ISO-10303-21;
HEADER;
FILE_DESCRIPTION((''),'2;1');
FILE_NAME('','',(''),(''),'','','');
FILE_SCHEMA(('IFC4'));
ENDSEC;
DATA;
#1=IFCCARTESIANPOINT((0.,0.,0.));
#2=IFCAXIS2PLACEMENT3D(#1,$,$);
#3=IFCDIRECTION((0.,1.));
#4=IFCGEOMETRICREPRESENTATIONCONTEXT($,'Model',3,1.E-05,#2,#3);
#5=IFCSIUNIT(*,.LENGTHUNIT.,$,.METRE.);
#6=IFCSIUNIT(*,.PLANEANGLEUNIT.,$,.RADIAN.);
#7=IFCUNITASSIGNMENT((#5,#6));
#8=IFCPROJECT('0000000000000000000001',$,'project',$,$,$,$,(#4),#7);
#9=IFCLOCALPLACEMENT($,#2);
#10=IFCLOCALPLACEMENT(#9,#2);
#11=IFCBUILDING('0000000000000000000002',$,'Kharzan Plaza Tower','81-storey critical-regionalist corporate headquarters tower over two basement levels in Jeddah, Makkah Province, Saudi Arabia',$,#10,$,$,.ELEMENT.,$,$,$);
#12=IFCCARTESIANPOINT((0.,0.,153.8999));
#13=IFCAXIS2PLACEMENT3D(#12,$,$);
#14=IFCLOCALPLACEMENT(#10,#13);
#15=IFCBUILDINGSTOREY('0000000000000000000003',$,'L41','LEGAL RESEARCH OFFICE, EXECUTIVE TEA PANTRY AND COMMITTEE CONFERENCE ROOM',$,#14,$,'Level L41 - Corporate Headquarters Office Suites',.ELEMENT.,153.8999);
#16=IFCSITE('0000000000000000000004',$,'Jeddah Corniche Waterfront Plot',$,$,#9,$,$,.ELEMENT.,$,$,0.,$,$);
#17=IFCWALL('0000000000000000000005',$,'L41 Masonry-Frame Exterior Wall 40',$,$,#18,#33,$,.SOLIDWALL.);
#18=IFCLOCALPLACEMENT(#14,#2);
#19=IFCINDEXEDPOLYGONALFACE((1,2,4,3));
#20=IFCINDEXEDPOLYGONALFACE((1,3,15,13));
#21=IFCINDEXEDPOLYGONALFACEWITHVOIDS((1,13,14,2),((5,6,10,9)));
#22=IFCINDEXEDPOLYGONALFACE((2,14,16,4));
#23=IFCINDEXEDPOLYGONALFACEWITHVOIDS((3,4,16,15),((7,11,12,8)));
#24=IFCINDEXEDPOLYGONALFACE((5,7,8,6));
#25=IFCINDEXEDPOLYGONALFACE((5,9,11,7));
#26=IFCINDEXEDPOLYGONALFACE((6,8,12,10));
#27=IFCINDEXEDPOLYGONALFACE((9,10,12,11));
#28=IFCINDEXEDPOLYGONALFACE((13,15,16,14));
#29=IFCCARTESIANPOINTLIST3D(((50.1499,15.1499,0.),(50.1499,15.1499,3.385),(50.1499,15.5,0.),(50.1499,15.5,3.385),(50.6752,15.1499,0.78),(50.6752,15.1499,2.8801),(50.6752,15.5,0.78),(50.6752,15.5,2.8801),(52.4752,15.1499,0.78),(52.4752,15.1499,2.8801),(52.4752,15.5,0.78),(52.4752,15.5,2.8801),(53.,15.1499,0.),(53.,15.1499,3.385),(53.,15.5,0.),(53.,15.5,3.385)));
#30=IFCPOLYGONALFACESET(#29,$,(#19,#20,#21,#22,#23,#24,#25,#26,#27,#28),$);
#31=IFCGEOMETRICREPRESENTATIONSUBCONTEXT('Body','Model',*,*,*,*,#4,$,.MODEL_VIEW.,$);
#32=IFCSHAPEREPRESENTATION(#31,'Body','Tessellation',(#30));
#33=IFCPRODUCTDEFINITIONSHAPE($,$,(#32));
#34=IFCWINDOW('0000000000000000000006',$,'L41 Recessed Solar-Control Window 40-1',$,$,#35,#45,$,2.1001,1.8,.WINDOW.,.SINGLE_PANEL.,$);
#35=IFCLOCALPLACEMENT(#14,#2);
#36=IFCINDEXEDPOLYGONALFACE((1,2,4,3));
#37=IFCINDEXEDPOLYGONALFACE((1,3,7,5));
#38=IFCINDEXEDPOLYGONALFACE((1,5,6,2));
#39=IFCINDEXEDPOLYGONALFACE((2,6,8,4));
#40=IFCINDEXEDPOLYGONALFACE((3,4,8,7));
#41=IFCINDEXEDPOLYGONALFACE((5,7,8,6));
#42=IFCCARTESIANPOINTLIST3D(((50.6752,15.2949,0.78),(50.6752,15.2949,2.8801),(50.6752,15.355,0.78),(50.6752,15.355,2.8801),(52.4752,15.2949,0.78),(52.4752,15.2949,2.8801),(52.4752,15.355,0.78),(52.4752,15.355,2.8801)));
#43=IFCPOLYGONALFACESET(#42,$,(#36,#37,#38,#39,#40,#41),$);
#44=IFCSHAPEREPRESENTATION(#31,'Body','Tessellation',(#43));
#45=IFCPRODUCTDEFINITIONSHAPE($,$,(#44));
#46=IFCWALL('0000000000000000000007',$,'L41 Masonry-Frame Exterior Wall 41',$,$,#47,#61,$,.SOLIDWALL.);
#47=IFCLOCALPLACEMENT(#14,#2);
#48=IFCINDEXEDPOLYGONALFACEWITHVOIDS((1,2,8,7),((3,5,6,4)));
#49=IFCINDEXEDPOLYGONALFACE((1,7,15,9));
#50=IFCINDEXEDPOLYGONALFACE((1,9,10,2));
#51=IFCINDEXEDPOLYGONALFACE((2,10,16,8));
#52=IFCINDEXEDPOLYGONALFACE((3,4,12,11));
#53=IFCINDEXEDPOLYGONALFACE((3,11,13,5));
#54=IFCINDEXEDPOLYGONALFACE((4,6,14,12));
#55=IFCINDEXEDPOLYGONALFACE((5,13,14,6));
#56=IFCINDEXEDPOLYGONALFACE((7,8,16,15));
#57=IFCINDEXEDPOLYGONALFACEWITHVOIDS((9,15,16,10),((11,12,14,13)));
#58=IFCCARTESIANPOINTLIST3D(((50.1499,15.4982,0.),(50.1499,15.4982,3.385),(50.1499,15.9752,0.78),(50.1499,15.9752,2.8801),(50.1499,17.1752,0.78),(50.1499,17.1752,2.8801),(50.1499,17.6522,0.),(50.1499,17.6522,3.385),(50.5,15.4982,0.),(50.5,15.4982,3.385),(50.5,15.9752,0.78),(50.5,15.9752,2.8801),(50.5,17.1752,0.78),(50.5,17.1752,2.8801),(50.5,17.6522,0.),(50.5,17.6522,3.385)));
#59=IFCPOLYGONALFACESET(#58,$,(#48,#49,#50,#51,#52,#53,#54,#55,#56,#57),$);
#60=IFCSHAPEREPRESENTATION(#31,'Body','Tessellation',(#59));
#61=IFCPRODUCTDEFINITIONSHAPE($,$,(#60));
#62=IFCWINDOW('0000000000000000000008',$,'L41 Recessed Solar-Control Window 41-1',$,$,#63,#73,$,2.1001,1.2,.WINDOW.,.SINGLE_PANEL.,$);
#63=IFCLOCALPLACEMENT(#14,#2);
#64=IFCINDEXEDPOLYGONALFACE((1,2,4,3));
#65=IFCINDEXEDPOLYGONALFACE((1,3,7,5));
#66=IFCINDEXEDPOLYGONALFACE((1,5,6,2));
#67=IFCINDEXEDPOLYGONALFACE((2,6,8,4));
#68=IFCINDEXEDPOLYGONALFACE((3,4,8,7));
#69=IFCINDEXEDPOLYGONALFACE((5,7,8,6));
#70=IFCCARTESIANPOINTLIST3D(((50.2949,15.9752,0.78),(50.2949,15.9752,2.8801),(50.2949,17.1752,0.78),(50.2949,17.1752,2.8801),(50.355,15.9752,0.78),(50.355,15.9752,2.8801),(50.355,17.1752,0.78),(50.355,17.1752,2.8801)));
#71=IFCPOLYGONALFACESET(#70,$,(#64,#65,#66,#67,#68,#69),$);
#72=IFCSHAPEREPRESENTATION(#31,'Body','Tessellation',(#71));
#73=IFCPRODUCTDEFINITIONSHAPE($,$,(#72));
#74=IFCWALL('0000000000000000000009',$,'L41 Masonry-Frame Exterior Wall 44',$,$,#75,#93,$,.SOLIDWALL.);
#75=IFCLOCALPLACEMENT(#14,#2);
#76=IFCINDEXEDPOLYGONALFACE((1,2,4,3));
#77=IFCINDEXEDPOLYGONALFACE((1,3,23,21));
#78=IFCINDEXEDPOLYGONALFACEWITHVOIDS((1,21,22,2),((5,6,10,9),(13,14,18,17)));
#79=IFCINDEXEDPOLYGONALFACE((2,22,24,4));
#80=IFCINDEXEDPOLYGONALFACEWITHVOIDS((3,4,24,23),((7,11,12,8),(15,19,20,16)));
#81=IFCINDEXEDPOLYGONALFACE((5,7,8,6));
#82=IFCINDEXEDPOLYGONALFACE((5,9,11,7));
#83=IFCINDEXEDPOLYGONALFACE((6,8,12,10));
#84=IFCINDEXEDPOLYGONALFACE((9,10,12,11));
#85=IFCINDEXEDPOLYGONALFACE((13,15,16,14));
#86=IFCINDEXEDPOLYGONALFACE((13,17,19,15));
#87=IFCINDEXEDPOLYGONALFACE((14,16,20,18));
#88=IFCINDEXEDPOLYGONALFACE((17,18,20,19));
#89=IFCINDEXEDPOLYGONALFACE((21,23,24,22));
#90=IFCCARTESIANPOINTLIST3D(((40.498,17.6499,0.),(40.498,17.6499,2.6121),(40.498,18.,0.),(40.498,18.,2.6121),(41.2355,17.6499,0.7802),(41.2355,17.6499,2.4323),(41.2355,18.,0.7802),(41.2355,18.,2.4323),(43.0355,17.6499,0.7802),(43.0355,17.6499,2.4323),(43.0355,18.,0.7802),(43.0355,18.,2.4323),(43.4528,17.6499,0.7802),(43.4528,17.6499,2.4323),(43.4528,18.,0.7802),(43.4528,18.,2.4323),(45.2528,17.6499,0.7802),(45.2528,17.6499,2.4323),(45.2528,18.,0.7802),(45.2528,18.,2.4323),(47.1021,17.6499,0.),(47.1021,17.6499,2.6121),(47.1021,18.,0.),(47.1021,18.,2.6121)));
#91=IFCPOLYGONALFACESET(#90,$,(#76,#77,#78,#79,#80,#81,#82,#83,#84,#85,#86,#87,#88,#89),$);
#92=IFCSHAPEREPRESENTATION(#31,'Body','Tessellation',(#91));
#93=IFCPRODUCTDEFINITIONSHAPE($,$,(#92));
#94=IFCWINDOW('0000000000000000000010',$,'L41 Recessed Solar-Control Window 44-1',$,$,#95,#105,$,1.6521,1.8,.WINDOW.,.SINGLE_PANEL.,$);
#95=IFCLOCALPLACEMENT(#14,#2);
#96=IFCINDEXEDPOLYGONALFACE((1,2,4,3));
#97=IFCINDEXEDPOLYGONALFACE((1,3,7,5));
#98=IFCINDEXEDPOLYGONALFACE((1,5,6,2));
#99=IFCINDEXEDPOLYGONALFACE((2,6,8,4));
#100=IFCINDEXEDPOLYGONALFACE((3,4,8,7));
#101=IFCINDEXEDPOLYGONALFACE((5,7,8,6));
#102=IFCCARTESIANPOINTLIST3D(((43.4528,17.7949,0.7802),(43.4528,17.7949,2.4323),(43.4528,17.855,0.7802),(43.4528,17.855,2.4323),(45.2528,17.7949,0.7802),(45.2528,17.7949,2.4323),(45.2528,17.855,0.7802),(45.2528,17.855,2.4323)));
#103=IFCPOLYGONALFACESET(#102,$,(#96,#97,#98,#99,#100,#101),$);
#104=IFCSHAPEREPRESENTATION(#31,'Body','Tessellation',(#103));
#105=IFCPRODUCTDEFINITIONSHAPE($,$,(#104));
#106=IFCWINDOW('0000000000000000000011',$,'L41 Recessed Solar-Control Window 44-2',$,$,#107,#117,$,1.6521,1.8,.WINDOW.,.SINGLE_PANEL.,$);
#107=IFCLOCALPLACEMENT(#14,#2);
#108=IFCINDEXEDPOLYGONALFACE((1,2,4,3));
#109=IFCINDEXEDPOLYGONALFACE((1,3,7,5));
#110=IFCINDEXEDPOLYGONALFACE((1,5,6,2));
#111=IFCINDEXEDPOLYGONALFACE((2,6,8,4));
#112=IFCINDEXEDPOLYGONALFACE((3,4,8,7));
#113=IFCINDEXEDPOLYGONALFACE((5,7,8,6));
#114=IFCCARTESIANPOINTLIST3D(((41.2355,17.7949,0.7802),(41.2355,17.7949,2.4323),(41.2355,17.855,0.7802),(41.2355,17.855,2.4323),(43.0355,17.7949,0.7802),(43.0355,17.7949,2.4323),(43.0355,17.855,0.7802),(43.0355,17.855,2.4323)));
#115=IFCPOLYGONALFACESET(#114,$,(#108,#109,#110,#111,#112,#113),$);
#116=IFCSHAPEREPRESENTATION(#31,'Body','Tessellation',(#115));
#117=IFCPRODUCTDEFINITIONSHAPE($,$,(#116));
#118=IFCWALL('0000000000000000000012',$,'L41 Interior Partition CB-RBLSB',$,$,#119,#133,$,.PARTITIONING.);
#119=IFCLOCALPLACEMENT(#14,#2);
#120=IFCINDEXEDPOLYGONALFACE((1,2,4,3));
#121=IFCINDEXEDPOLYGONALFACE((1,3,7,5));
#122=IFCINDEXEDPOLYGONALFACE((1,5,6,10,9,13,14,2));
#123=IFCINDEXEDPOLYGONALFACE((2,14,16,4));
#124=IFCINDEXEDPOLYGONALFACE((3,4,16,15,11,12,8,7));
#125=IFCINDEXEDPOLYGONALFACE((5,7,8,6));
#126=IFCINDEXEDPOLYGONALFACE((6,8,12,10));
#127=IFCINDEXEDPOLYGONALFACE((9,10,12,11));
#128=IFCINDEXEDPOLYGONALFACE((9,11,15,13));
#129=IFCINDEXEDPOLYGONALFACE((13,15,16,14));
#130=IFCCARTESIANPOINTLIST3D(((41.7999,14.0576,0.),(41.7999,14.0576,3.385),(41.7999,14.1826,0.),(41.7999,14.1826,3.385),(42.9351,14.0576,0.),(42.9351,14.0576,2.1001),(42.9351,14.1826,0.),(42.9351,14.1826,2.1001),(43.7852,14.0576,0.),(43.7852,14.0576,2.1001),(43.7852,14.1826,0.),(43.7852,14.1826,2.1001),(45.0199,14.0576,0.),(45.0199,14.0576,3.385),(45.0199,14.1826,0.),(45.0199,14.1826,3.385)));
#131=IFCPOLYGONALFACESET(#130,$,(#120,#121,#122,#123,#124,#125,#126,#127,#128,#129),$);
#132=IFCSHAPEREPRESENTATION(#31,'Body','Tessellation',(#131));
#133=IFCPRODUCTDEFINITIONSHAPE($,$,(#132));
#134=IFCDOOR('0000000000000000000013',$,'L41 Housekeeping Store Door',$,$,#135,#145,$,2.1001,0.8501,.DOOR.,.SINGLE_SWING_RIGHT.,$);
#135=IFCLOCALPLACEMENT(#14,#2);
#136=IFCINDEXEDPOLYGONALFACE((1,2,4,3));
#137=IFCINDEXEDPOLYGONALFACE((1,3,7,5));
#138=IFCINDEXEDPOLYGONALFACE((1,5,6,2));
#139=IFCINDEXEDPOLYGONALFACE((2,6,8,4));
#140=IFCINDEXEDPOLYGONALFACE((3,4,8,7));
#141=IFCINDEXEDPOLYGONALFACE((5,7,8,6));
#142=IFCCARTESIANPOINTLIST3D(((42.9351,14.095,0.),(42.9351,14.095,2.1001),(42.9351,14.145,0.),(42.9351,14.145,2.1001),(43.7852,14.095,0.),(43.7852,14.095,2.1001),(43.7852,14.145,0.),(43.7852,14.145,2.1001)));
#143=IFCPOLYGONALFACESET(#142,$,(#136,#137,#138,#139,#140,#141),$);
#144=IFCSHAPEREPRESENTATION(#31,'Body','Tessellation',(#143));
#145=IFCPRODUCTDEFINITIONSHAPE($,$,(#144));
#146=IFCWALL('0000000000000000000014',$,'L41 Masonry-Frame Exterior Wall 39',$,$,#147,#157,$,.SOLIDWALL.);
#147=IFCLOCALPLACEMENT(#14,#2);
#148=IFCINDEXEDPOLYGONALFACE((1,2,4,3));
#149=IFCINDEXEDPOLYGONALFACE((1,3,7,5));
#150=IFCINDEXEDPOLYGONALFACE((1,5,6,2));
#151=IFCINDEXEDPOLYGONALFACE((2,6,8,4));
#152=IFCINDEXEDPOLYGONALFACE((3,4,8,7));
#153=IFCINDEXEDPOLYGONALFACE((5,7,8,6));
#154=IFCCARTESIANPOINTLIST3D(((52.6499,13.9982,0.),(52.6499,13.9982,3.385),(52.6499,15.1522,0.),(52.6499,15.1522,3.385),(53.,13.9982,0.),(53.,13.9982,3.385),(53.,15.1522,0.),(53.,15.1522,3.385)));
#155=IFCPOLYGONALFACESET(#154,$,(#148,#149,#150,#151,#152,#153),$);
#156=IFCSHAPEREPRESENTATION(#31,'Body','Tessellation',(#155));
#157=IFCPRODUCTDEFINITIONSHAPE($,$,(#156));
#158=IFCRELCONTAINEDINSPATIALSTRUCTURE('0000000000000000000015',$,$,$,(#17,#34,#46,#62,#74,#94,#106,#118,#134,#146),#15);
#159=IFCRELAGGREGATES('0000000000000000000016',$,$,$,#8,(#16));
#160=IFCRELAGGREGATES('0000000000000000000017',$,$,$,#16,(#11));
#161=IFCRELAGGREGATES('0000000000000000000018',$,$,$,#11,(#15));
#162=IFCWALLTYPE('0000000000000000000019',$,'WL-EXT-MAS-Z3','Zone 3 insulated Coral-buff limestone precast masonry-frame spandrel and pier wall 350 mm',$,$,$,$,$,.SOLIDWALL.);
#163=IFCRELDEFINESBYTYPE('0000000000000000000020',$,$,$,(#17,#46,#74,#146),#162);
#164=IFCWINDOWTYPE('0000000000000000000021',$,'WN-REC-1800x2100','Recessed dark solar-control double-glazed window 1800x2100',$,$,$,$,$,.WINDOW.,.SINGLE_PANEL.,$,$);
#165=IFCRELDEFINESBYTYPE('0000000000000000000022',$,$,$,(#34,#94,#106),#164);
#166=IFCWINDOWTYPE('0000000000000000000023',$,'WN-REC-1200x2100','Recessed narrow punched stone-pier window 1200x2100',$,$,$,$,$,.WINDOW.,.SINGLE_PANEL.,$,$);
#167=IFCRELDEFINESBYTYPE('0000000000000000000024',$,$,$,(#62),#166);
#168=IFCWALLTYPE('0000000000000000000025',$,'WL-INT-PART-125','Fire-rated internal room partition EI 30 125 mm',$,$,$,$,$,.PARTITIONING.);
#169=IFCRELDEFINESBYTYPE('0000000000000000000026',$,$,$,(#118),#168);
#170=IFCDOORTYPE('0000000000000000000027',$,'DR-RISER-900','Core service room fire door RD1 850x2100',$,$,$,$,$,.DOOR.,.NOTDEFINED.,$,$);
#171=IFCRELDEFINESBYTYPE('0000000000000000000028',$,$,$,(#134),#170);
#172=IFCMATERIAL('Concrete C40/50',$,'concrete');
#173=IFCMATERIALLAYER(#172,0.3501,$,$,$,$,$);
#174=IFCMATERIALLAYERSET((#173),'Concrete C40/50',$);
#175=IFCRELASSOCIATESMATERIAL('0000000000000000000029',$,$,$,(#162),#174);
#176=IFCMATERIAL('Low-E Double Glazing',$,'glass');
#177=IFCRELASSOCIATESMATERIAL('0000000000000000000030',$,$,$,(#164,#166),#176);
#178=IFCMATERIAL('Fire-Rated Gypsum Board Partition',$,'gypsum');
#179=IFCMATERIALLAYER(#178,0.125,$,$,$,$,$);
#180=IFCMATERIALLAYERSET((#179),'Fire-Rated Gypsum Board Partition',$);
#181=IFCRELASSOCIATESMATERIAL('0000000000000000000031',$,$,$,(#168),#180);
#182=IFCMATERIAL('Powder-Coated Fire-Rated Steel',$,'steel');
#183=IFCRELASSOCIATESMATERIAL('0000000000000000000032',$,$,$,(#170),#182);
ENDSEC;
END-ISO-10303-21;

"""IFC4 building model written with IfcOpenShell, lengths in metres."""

from ifc_helpers import new_model, si_unit, direction, frame, frame_2d, origin, place, context, subcontext, project, spatial, rectangle, extrude, source, transform, mapped, material, layer, layer_set, type_object, element, fill, save


model = new_model("IFC4")

# Units and contexts
model_context = context("Model", 3, precision=1e-05, world=origin(), true_north=direction((0.0, 1.0)))
body_context = subcontext(model_context, "Body", "Model", "MODEL_VIEW")
ifc_project = project(units=[si_unit("LENGTHUNIT", "METRE"), si_unit("PLANEANGLEUNIT", "RADIAN")], contexts=[model_context])

# Site, building, storey
site_placement = place(None, origin())
site = spatial("IfcSite", under=ifc_project, at=site_placement, Name="Jeddah Corniche Waterfront Plot", CompositionType="ELEMENT", RefElevation=0.0)
building_placement = place(site_placement, origin())
building = spatial("IfcBuilding", under=site, at=building_placement, Name="Kharzan Plaza Tower", Description="81-storey critical-regionalist corporate headquarters tower over two basement levels in Jeddah, Makkah Province, Saudi Arabia", CompositionType="ELEMENT")
storey_placement = place(building_placement, frame((0.0, 0.0, 153.8999)))
storey = spatial("IfcBuildingStorey", under=building, at=storey_placement, Name="L41", Description="LEGAL RESEARCH OFFICE, EXECUTIVE TEA PANTRY AND COMMITTEE CONFERENCE ROOM", LongName="Level L41 - Corporate Headquarters Office Suites", CompositionType="ELEMENT", Elevation=153.8999)

# Walls, openings, windows
ifc_material_1 = material(Name="Concrete C40/50", Category="concrete")
ifc_layer_1 = layer(ifc_material_1, 0.3501)
ifc_layer_set_1 = layer_set([ifc_layer_1], Name="Concrete C40/50")
wall_type_1 = type_object("IfcWallType", Name="WL-EXT-MAS-Z3", Description="Zone 3 insulated Coral-buff limestone precast masonry-frame spandrel and pier wall 350 mm", PredefinedType="SOLIDWALL", material=ifc_layer_set_1)
wall_1_placement = place(storey_placement, frame((53.0, 15.325, 0.0), z_axis=(0.0, 0.0, 1.0), x_axis=(-1.0, 0.0, 0.0)))
wall_1 = element("IfcWall", 1, at=wall_1_placement, inside=storey, type_object=wall_type_1, Name="L41 Masonry-Frame Exterior Wall 40", PredefinedType="SOLIDWALL", context=body_context, shape_type="SweptSolid", body=[
    extrude(rectangle(XDim=2.8501, YDim=0.3501, at=frame_2d((1.425, 0.0))), origin(), (0.0, 0.0, 1.0), 3.385),
])
opening_1_placement = place(wall_1_placement, frame((0.5249, 0.0, 0.78)))
opening_1 = element("IfcOpeningElement", 2, at=opening_1_placement, cuts=wall_1, PredefinedType="OPENING", context=body_context, shape_type="SweptSolid", body=[
    extrude(rectangle(XDim=1.8, YDim=2.1001, at=frame_2d((0.8999, 1.05))), frame((0.0, 0.1851, 0.0), z_axis=(0.0, -1.0, 0.0), x_axis=(1.0, 0.0, 0.0)), (0.0, 0.0, 1.0), 0.3701),
])
ifc_material_2 = material(Name="Low-E Double Glazing", Category="glass")
window_type_1 = type_object("IfcWindowType", Name="WN-REC-1800x2100", Description="Recessed dark solar-control double-glazed window 1800x2100", PartitioningType="SINGLE_PANEL", PredefinedType="WINDOW", material=ifc_material_2)
shared_shape_1 = source(origin(), body_context, "Body", "SweptSolid", [
    extrude(rectangle(XDim=1.8, YDim=2.1001, at=frame_2d((0.8999, 1.05))), frame((0.0, 0.03, 0.0), z_axis=(0.0, -1.0, 0.0), x_axis=(1.0, 0.0, 0.0)), (0.0, 0.0, 1.0), 0.0601),
])
window_1_placement = place(opening_1_placement, origin())
window_1 = element("IfcWindow", 3, at=window_1_placement, inside=storey, type_object=window_type_1, Name="L41 Recessed Solar-Control Window 40-1", OverallHeight=2.1001, OverallWidth=1.8, PartitioningType="SINGLE_PANEL", PredefinedType="WINDOW", context=body_context, shape_type="MappedRepresentation", body=[
    mapped(shared_shape_1, transform((0.0, 0.0, 0.0), x_axis=(1.0, 0.0, 0.0), y_axis=(0.0, 1.0, 0.0), z_axis=(0.0, 0.0, 1.0))),
])
fill(opening_1, window_1)
wall_2_placement = place(storey_placement, frame((50.325, 15.498, 0.0), z_axis=(0.0, 0.0, 1.0), x_axis=(0.0, 1.0, 0.0)))
wall_2 = element("IfcWall", 4, at=wall_2_placement, inside=storey, type_object=wall_type_1, Name="L41 Masonry-Frame Exterior Wall 41", PredefinedType="SOLIDWALL", context=body_context, shape_type="SweptSolid", body=[
    extrude(rectangle(XDim=2.1541, YDim=0.3501, at=frame_2d((1.0771, 0.0))), origin(), (0.0, 0.0, 1.0), 3.385),
])
opening_2_placement = place(wall_2_placement, frame((0.4771, 0.0, 0.78)))
opening_2 = element("IfcOpeningElement", 5, at=opening_2_placement, cuts=wall_2, PredefinedType="OPENING", context=body_context, shape_type="SweptSolid", body=[
    extrude(rectangle(XDim=1.2, YDim=2.1001, at=frame_2d((0.6001, 1.05))), frame((0.0, 0.1851, 0.0), z_axis=(0.0, -1.0, 0.0), x_axis=(1.0, 0.0, 0.0)), (0.0, 0.0, 1.0), 0.3701),
])
window_type_2 = type_object("IfcWindowType", Name="WN-REC-1200x2100", Description="Recessed narrow punched stone-pier window 1200x2100", PartitioningType="SINGLE_PANEL", PredefinedType="WINDOW", material=ifc_material_2)
shared_shape_2 = source(origin(), body_context, "Body", "SweptSolid", [
    extrude(rectangle(XDim=1.2, YDim=2.1001, at=frame_2d((0.6001, 1.05))), frame((0.0, 0.03, 0.0), z_axis=(0.0, -1.0, 0.0), x_axis=(1.0, 0.0, 0.0)), (0.0, 0.0, 1.0), 0.0601),
])
window_2_placement = place(opening_2_placement, origin())
window_2 = element("IfcWindow", 6, at=window_2_placement, inside=storey, type_object=window_type_2, Name="L41 Recessed Solar-Control Window 41-1", OverallHeight=2.1001, OverallWidth=1.2, PartitioningType="SINGLE_PANEL", PredefinedType="WINDOW", context=body_context, shape_type="MappedRepresentation", body=[
    mapped(shared_shape_2, transform((0.0, 0.0, 0.0), x_axis=(1.0, 0.0, 0.0), y_axis=(0.0, 1.0, 0.0), z_axis=(0.0, 0.0, 1.0))),
])
fill(opening_2, window_2)

# Wall, openings, windows
wall_3_placement = place(storey_placement, frame((47.1021, 17.825, 0.0), z_axis=(0.0, 0.0, 1.0), x_axis=(-1.0, 0.0, 0.0)))
wall_3 = element("IfcWall", 7, at=wall_3_placement, inside=storey, type_object=wall_type_1, Name="L41 Masonry-Frame Exterior Wall 44", PredefinedType="SOLIDWALL", context=body_context, shape_type="SweptSolid", body=[
    extrude(rectangle(XDim=6.604, YDim=0.3501, at=frame_2d((3.302, 0.0))), origin(), (0.0, 0.0, 1.0), 2.6121),
])
opening_3_placement = place(wall_3_placement, frame((1.8494, 0.0, 0.78)))
opening_3 = element("IfcOpeningElement", 8, at=opening_3_placement, cuts=wall_3, PredefinedType="OPENING", context=body_context, shape_type="SweptSolid", body=[
    extrude(rectangle(XDim=1.8, YDim=1.6521, at=frame_2d((0.8999, 0.8262))), frame((0.0, 0.1851, 0.0), z_axis=(0.0, -1.0, 0.0), x_axis=(1.0, 0.0, 0.0)), (0.0, 0.0, 1.0), 0.3701),
])
opening_4_placement = place(wall_3_placement, frame((4.0667, 0.0, 0.78)))
opening_4 = element("IfcOpeningElement", 9, at=opening_4_placement, cuts=wall_3, PredefinedType="OPENING", context=body_context, shape_type="SweptSolid", body=[
    extrude(rectangle(XDim=1.8, YDim=1.6521, at=frame_2d((0.8999, 0.8262))), frame((0.0, 0.1851, 0.0), z_axis=(0.0, -1.0, 0.0), x_axis=(1.0, 0.0, 0.0)), (0.0, 0.0, 1.0), 0.3701),
])
shared_shape_3 = source(origin(), body_context, "Body", "SweptSolid", [
    extrude(rectangle(XDim=1.8, YDim=1.6521, at=frame_2d((0.8999, 0.8262))), frame((0.0, 0.03, 0.0), z_axis=(0.0, -1.0, 0.0), x_axis=(1.0, 0.0, 0.0)), (0.0, 0.0, 1.0), 0.0601),
])
window_3_placement = place(opening_3_placement, origin())
window_3 = element("IfcWindow", 10, at=window_3_placement, inside=storey, type_object=window_type_1, Name="L41 Recessed Solar-Control Window 44-1", OverallHeight=1.6521, OverallWidth=1.8, PartitioningType="SINGLE_PANEL", PredefinedType="WINDOW", context=body_context, shape_type="MappedRepresentation", body=[
    mapped(shared_shape_3, transform((0.0, 0.0, 0.0), x_axis=(1.0, 0.0, 0.0), y_axis=(0.0, 1.0, 0.0), z_axis=(0.0, 0.0, 1.0))),
])
fill(opening_3, window_3)
window_4_placement = place(opening_4_placement, origin())
window_4 = element("IfcWindow", 11, at=window_4_placement, inside=storey, type_object=window_type_1, Name="L41 Recessed Solar-Control Window 44-2", OverallHeight=1.6521, OverallWidth=1.8, PartitioningType="SINGLE_PANEL", PredefinedType="WINDOW", context=body_context, shape_type="MappedRepresentation", body=[
    mapped(shared_shape_3, transform((0.0, 0.0, 0.0), x_axis=(1.0, 0.0, 0.0), y_axis=(0.0, 1.0, 0.0), z_axis=(0.0, 0.0, 1.0))),
])
fill(opening_4, window_4)

# Wall, opening, door
ifc_material_3 = material(Name="Fire-Rated Gypsum Board Partition", Category="gypsum")
ifc_layer_2 = layer(ifc_material_3, 0.125)
ifc_layer_set_2 = layer_set([ifc_layer_2], Name="Fire-Rated Gypsum Board Partition")
wall_type_2 = type_object("IfcWallType", Name="WL-INT-PART-125", Description="Fire-rated internal room partition EI 30 125 mm", PredefinedType="PARTITIONING", material=ifc_layer_set_2)
wall_4_placement = place(storey_placement, frame((41.8, 14.1201, 0.0), z_axis=(0.0, 0.0, 1.0), x_axis=(1.0, 0.0, 0.0)))
wall_4 = element("IfcWall", 12, at=wall_4_placement, inside=storey, type_object=wall_type_2, Name="L41 Interior Partition CB-RBLSB", PredefinedType="PARTITIONING", context=body_context, shape_type="SweptSolid", body=[
    extrude(rectangle(XDim=3.22, YDim=0.125, at=frame_2d((1.6099, 0.0))), origin(), (0.0, 0.0, 1.0), 3.385),
])
opening_5_placement = place(wall_4_placement, frame((1.135, 0.0, 0.0)))
opening_5 = element("IfcOpeningElement", 13, at=opening_5_placement, cuts=wall_4, PredefinedType="OPENING", context=body_context, shape_type="SweptSolid", body=[
    extrude(rectangle(XDim=0.8501, YDim=2.1001, at=frame_2d((0.425, 1.05))), frame((0.0, 0.0725, 0.0), z_axis=(0.0, -1.0, 0.0), x_axis=(1.0, 0.0, 0.0)), (0.0, 0.0, 1.0), 0.145),
])
ifc_material_4 = material(Name="Powder-Coated Fire-Rated Steel", Category="steel")
door_type_1 = type_object("IfcDoorType", Name="DR-RISER-900", Description="Core service room fire door RD1 850x2100", OperationType="NOTDEFINED", PredefinedType="DOOR", material=ifc_material_4)
shared_shape_4 = source(origin(), body_context, "Body", "SweptSolid", [
    extrude(rectangle(XDim=0.8501, YDim=2.1001, at=frame_2d((0.425, 1.05))), frame((0.0, 0.0249, 0.0), z_axis=(0.0, -1.0, 0.0), x_axis=(1.0, 0.0, 0.0)), (0.0, 0.0, 1.0), 0.05),
])
door_1_placement = place(opening_5_placement, origin())
door_1 = element("IfcDoor", 14, at=door_1_placement, inside=storey, type_object=door_type_1, Name="L41 Housekeeping Store Door", OperationType="SINGLE_SWING_RIGHT", OverallHeight=2.1001, OverallWidth=0.8501, PredefinedType="DOOR", context=body_context, shape_type="MappedRepresentation", body=[
    mapped(shared_shape_4, transform((0.0, 0.0, 0.0), x_axis=(1.0, 0.0, 0.0), y_axis=(0.0, 1.0, 0.0), z_axis=(0.0, 0.0, 1.0))),
])
fill(opening_5, door_1)

# Wall
shared_shape_5 = source(origin(), body_context, "Body", "SweptSolid", [
    extrude(rectangle(XDim=1.1541, YDim=0.3501, at=frame_2d((0.5771, 0.0))), origin(), (0.0, 0.0, 1.0), 3.385),
])
wall_5_placement = place(storey_placement, frame((52.825, 13.998, 0.0), z_axis=(0.0, 0.0, 1.0), x_axis=(0.0, 1.0, 0.0)))
element("IfcWall", 15, at=wall_5_placement, inside=storey, type_object=wall_type_1, Name="L41 Masonry-Frame Exterior Wall 39", PredefinedType="SOLIDWALL", context=body_context, shape_type="MappedRepresentation", body=[
    mapped(shared_shape_5, transform((0.0, 0.0, 0.0), x_axis=(1.0, 0.0, 0.0), y_axis=(0.0, 1.0, 0.0), z_axis=(0.0, 0.0, 1.0))),
])

save(model, "model.ifc")
